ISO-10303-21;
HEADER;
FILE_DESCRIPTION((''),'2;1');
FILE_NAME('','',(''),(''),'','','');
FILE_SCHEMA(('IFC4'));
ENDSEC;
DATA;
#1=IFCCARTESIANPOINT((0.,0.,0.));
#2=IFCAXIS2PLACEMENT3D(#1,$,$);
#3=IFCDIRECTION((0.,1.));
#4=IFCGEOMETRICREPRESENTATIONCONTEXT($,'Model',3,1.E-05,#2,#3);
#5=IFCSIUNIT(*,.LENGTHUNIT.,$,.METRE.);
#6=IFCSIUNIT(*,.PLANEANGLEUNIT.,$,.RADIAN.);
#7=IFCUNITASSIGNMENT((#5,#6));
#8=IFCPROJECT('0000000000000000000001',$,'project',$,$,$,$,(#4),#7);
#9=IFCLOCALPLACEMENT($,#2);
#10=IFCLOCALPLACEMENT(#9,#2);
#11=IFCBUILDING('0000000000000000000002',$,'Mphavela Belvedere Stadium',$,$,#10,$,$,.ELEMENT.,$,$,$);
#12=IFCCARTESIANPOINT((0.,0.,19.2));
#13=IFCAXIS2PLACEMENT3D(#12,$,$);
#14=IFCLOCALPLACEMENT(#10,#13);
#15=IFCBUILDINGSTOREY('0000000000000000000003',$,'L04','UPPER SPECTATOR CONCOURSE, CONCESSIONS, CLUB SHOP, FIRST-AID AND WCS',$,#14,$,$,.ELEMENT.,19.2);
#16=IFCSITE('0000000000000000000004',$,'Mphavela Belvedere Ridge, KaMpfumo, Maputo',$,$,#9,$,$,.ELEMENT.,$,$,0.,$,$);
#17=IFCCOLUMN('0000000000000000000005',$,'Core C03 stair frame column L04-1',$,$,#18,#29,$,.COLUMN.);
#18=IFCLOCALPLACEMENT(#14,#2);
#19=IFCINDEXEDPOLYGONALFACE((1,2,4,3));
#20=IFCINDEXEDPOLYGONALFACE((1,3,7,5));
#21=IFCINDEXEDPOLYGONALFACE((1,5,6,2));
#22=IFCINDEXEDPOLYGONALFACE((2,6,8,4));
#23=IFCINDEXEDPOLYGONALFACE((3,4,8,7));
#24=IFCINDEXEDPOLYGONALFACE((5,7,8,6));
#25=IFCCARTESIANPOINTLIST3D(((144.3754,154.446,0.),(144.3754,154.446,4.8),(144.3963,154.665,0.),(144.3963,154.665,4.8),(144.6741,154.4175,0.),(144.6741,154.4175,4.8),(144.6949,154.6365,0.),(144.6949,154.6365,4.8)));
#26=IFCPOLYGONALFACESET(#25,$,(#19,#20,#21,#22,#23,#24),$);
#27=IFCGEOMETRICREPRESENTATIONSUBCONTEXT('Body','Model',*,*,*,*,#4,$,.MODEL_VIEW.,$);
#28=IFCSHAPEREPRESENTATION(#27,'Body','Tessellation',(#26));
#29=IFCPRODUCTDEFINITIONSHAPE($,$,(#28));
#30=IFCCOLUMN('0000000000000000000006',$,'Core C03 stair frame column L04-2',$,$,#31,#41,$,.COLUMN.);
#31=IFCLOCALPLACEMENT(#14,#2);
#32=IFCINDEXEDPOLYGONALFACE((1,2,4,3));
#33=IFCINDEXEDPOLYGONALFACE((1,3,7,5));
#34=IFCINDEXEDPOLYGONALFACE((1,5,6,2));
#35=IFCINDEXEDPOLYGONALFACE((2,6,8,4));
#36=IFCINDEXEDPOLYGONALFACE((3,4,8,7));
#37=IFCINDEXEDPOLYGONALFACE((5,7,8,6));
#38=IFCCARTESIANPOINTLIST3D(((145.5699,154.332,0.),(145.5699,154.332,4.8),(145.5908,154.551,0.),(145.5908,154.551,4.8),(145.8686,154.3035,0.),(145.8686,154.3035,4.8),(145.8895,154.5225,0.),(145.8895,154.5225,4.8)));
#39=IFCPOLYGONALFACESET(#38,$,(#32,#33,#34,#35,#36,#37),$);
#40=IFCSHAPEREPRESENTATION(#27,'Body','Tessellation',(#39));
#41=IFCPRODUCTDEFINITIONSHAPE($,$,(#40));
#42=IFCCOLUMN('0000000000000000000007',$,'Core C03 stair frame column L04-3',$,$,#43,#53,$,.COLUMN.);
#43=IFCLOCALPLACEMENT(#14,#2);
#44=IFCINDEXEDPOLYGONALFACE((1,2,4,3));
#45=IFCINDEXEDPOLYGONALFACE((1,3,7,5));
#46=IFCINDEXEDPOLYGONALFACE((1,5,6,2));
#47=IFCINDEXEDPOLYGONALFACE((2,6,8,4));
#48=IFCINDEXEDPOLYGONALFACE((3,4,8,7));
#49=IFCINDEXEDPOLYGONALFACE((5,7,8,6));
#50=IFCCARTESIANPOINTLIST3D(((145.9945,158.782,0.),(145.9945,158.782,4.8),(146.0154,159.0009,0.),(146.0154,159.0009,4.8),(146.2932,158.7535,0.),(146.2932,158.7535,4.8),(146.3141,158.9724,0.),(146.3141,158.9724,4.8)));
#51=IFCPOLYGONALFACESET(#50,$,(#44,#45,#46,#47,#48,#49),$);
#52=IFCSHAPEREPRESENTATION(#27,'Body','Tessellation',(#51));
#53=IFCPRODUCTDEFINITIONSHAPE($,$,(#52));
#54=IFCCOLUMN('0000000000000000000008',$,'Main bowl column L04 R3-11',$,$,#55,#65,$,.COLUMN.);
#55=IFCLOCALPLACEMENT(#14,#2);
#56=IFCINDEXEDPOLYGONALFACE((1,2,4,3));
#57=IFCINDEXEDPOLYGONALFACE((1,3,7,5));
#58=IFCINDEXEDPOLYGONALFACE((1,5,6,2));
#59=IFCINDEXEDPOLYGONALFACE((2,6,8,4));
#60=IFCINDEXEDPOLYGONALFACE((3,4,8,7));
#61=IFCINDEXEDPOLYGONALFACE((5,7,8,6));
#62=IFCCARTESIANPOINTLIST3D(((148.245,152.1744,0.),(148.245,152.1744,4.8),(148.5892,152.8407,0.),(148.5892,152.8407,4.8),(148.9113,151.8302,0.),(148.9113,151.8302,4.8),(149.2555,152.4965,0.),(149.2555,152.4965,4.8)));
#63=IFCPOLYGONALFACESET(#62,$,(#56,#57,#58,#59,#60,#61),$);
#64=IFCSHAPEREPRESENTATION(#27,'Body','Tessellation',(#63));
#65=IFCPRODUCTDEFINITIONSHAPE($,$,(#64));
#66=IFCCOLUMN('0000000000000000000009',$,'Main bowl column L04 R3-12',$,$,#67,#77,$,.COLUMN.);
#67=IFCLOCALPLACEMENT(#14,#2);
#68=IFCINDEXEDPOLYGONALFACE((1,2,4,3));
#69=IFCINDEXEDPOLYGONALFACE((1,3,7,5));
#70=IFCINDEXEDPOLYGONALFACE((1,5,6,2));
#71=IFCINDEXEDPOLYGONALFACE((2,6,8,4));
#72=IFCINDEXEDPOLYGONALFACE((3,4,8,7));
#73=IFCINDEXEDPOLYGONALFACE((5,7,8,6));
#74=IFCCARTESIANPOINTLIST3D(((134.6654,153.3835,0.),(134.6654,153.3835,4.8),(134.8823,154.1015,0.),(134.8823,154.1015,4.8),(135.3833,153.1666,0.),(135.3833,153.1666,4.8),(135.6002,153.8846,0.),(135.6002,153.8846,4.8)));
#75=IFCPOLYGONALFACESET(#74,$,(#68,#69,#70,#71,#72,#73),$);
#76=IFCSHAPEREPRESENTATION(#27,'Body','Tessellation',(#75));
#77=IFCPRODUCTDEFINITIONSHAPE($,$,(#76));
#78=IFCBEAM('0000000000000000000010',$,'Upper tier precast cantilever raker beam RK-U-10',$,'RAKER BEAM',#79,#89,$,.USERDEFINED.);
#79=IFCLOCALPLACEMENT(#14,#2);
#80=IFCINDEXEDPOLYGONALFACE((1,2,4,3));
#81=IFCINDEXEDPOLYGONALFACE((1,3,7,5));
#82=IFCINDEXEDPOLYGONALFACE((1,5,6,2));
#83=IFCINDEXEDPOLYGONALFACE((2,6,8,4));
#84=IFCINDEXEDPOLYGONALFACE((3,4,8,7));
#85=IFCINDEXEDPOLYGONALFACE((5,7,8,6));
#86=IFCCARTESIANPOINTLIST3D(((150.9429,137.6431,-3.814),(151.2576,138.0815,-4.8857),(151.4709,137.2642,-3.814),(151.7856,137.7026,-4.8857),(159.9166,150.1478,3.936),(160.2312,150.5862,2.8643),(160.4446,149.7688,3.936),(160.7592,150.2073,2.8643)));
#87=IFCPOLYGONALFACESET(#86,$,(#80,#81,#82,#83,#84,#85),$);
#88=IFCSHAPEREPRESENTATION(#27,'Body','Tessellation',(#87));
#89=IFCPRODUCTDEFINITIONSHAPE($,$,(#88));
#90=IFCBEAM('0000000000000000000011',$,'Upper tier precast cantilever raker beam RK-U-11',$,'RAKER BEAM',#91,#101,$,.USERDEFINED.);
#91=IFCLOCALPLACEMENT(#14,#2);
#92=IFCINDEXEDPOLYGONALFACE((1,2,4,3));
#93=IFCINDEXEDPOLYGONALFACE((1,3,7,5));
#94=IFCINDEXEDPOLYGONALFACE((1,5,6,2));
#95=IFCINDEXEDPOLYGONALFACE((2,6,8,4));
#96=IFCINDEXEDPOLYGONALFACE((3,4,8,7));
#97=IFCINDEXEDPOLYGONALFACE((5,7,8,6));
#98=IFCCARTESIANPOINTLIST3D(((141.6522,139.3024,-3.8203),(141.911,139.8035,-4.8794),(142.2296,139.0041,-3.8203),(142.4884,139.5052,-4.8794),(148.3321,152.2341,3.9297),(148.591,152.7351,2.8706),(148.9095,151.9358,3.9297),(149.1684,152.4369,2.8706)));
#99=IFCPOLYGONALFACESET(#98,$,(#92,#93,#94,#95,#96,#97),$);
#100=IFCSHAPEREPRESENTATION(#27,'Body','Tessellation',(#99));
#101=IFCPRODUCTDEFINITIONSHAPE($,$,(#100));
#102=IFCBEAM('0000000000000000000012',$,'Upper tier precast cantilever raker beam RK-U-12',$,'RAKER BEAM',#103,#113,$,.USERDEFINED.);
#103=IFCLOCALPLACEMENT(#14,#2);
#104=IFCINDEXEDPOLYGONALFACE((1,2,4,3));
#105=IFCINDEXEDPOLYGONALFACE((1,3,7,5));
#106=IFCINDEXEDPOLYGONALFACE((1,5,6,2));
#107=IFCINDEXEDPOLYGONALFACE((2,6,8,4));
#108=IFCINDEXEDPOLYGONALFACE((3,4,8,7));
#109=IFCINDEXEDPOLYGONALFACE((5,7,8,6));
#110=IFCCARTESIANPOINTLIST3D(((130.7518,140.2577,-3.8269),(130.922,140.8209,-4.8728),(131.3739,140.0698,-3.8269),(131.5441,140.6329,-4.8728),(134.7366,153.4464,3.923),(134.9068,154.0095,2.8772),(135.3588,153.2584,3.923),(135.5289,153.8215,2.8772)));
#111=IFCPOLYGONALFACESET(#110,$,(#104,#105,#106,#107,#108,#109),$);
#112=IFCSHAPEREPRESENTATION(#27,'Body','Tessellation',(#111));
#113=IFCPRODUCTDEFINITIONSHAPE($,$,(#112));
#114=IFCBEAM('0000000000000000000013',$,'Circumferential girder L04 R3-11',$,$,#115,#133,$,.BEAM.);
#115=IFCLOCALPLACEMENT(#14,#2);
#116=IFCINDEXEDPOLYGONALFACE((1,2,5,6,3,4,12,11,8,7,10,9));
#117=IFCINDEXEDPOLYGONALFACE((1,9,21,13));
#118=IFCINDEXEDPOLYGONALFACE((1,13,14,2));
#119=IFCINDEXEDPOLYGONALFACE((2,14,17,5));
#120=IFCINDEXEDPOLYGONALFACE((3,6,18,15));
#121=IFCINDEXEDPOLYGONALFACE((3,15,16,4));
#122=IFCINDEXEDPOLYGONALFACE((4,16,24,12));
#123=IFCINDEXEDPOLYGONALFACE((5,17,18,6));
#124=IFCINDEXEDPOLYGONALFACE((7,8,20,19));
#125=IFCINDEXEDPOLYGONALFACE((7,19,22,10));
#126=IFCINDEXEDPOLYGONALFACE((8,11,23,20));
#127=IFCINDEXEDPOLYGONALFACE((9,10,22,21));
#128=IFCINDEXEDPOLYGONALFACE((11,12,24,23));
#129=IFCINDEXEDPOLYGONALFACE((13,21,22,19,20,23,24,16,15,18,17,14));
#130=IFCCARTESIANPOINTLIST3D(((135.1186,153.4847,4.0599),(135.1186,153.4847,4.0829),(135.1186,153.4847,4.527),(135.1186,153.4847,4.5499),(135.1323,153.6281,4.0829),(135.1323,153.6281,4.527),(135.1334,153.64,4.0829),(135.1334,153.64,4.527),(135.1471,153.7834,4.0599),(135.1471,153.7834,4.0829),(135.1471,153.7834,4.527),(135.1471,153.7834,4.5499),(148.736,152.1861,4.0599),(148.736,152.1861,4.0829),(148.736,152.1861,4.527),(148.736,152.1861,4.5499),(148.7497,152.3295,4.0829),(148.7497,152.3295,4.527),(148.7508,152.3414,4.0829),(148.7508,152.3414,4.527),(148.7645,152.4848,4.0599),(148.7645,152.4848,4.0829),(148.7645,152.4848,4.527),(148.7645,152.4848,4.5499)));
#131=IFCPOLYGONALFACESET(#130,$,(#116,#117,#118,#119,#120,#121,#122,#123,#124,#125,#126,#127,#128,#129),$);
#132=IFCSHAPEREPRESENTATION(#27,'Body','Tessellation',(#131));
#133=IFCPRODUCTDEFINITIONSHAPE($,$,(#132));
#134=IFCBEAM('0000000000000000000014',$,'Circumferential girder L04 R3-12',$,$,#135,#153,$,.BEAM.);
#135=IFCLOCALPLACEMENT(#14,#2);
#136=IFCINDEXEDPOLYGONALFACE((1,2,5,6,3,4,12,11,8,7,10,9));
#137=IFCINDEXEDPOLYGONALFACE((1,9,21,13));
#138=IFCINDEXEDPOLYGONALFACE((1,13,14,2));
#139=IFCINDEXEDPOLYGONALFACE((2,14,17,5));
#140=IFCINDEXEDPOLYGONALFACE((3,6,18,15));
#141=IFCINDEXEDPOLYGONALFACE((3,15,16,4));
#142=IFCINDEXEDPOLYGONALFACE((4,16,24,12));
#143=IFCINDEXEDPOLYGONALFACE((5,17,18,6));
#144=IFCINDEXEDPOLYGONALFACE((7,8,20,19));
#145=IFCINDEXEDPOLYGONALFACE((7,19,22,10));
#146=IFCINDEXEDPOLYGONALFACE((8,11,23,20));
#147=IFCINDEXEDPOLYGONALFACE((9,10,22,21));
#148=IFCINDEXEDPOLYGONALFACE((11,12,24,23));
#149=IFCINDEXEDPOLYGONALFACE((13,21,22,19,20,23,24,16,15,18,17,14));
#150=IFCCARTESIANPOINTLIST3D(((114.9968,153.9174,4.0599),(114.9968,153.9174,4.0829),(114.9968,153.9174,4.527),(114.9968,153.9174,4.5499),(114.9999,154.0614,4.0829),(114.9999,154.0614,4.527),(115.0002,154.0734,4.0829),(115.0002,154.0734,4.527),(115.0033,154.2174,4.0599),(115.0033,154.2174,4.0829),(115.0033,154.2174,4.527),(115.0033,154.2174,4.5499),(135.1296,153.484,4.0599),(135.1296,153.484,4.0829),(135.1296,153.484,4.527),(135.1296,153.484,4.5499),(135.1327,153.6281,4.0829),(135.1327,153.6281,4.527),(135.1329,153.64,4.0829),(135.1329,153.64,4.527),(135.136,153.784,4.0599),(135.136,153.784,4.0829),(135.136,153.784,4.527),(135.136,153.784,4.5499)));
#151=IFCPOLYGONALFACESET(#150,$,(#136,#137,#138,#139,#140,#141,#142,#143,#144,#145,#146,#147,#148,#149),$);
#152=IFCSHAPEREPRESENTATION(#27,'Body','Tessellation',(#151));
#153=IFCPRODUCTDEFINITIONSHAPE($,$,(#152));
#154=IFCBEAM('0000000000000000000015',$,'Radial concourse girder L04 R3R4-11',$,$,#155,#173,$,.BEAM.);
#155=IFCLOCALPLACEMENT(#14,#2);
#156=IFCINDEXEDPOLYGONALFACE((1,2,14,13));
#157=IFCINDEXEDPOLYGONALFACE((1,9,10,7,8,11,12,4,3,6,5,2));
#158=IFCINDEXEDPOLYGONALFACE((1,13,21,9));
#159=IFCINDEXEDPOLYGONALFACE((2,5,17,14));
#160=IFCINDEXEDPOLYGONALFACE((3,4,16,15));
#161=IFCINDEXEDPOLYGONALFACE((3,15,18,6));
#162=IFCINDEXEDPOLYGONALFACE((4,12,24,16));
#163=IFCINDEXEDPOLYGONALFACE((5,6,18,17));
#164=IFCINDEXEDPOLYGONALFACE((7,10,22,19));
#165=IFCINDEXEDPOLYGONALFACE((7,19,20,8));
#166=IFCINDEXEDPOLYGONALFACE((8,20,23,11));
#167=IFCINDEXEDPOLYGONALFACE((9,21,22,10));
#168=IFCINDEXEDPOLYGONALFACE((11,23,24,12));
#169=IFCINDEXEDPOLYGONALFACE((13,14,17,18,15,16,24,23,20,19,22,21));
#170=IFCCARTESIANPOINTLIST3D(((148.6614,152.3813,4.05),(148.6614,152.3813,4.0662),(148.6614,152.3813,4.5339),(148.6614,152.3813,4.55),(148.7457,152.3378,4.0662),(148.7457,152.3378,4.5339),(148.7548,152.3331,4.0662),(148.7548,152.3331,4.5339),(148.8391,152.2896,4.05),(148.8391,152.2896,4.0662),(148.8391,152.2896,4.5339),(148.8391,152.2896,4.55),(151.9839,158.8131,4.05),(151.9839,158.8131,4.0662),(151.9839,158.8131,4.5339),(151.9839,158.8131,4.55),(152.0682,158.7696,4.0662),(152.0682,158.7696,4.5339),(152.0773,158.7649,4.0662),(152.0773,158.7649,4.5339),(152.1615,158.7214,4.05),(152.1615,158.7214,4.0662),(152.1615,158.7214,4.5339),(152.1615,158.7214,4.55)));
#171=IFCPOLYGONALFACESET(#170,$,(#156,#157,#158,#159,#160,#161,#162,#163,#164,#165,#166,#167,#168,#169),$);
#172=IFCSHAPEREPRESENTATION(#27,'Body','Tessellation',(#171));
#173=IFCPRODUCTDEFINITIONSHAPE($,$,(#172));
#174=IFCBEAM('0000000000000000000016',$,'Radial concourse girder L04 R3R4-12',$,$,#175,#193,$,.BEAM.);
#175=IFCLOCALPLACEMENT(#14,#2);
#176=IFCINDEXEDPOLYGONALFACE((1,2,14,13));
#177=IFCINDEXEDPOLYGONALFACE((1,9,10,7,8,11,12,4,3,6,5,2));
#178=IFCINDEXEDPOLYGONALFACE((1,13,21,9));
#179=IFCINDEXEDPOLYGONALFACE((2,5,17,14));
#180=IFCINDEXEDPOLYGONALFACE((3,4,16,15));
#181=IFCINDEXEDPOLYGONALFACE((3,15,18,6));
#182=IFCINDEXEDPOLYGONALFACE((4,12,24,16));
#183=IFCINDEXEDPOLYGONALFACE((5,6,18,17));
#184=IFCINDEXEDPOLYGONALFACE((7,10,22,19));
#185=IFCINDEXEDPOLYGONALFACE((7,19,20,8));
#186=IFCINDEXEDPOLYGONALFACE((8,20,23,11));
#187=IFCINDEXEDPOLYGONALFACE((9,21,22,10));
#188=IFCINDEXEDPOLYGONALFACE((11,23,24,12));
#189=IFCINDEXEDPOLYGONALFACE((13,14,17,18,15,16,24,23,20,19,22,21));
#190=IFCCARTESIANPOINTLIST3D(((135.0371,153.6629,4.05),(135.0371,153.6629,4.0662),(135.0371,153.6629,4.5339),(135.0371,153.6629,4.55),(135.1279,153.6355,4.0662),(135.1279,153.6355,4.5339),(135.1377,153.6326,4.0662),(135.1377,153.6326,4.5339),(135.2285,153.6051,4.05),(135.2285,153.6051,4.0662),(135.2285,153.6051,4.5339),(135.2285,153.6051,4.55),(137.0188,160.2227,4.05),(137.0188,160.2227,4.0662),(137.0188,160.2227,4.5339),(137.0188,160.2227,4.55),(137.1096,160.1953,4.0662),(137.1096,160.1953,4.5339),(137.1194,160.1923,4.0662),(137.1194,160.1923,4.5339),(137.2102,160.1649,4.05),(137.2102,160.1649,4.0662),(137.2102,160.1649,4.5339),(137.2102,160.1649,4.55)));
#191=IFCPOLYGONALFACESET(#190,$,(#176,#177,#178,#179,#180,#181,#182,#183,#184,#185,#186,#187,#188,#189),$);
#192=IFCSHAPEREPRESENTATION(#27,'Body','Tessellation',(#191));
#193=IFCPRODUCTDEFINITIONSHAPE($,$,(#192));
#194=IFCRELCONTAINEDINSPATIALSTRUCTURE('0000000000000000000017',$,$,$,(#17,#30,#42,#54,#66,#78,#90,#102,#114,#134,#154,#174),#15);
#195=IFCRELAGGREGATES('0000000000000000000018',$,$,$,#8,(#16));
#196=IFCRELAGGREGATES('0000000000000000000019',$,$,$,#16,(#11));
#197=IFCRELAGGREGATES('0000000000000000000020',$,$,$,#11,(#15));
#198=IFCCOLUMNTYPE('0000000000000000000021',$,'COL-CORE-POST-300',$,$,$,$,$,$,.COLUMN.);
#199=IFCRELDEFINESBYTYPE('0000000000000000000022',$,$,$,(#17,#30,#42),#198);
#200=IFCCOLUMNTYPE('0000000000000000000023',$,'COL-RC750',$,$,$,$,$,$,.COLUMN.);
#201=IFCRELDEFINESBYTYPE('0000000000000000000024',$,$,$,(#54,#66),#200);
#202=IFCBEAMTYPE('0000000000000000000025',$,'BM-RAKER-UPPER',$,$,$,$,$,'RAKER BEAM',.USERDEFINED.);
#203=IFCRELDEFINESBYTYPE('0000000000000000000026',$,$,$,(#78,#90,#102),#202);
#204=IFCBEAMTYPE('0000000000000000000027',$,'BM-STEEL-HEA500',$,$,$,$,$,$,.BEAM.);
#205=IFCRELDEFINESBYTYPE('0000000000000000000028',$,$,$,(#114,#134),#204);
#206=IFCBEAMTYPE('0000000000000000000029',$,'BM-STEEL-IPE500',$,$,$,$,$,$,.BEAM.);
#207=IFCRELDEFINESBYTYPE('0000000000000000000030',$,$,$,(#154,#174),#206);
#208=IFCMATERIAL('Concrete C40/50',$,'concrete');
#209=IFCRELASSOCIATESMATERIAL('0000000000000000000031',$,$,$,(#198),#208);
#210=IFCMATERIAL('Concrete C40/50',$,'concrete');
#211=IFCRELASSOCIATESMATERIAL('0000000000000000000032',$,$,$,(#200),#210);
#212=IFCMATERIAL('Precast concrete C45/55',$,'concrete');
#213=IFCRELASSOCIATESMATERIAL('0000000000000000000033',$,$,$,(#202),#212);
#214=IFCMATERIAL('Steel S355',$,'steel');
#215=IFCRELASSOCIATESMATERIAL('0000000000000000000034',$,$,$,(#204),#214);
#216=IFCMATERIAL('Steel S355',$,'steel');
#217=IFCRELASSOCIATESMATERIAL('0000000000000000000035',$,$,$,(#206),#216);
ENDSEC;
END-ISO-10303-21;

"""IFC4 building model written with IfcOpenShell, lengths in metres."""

from ifc_helpers import new_model, si_unit, direction, frame, origin, origin_2d, place, context, subcontext, project, spatial, rectangle, i_section, extrude, material, material_profile, profile_set, type_object, element, save


model = new_model("IFC4")

# Units and contexts
model_context = context("Model", 3, precision=1e-05, world=origin(), true_north=direction((0.0, 1.0)))
body_context = subcontext(model_context, "Body", "Model", "MODEL_VIEW")
ifc_project = project(units=[si_unit("LENGTHUNIT", "METRE"), si_unit("PLANEANGLEUNIT", "RADIAN")], contexts=[model_context])

# Site, building, storey
site_placement = place(None, origin())
site = spatial("IfcSite", under=ifc_project, at=site_placement, Name="Mphavela Belvedere Ridge, KaMpfumo, Maputo", CompositionType="ELEMENT", RefElevation=0.0)
building_placement = place(site_placement, origin())
building = spatial("IfcBuilding", under=site, at=building_placement, Name="Mphavela Belvedere Stadium", CompositionType="ELEMENT")
storey_placement = place(building_placement, frame((0.0, 0.0, 19.2)))
storey = spatial("IfcBuildingStorey", under=building, at=storey_placement, Name="L04", Description="UPPER SPECTATOR CONCOURSE, CONCESSIONS, CLUB SHOP, FIRST-AID AND WCS", CompositionType="ELEMENT", Elevation=19.2)

# Columns
ifc_material_1 = material(Name="Concrete C40/50", Category="concrete")
ifc_material_profile_1 = material_profile(ifc_material_1, rectangle(XDim=0.3, YDim=0.22, at=origin_2d()), Name="RC 300x220")
ifc_profile_set_1 = profile_set([ifc_material_profile_1], Name="Concrete C40/50")
column_type_1 = type_object("IfcColumnType", Name="COL-CORE-POST-300", PredefinedType="COLUMN", material=ifc_profile_set_1)
for number, where, z_axis, x_axis, name in (
    (1, (144.5352, 154.5413, 0.0), (0.0, 0.0, 1.0), (0.995479, -0.094977, 0.0), "Core C03 stair frame column L04-1"),
    (2, (145.7297, 154.4272, 0.0), (0.0, 0.0, 1.0), (0.995479, -0.094977, 0.0), "Core C03 stair frame column L04-2"),
    (3, (146.1543, 158.8772, 0.0), (0.0, 0.0, 1.0), (0.995479, -0.094977, 0.0), "Core C03 stair frame column L04-3"),
):
    element("IfcColumn", number, at=place(storey_placement, frame(where, z_axis=z_axis, x_axis=x_axis)), inside=storey, type_object=column_type_1, Name=name, PredefinedType="COLUMN", context=body_context, shape_type="SweptSolid", body=[
        extrude(rectangle(XDim=0.3, YDim=0.22, at=origin_2d()), origin(), (0.0, 0.0, 1.0), 4.8),
    ])
ifc_material_2 = material(Name="Concrete C40/50", Category="concrete")
ifc_material_profile_2 = material_profile(ifc_material_2, rectangle(XDim=0.75, YDim=0.75, at=origin_2d()), Name="RC 750x750")
ifc_profile_set_2 = profile_set([ifc_material_profile_2], Name="Concrete C40/50")
column_type_2 = type_object("IfcColumnType", Name="COL-RC750", PredefinedType="COLUMN", material=ifc_profile_set_2)
for number, where, z_axis, x_axis, name in (
    (4, (148.7502, 152.3354, 0.0), (0.0, 0.0, 1.0), (0.45896, 0.888457, 0.0), "Main bowl column L04 R3-11"),
    (5, (135.1328, 153.634, 0.0), (0.0, 0.0, 1.0), (0.289199, 0.957269, 0.0), "Main bowl column L04 R3-12"),
):
    element("IfcColumn", number, at=place(storey_placement, frame(where, z_axis=z_axis, x_axis=x_axis)), inside=storey, type_object=column_type_2, Name=name, PredefinedType="COLUMN", context=body_context, shape_type="SweptSolid", body=[
        extrude(rectangle(XDim=0.75, YDim=0.75, at=origin_2d()), origin(), (0.0, 0.0, 1.0), 4.8),
    ])

# Beams
ifc_material_3 = material(Name="Precast concrete C45/55", Category="concrete")
ifc_material_profile_3 = material_profile(ifc_material_3, rectangle(XDim=0.6499, YDim=1.2, at=origin_2d()), Name="PC 650x1200")
ifc_profile_set_3 = profile_set([ifc_material_profile_3], Name="Precast concrete C45/55")
beam_type_1 = type_object("IfcBeamType", Name="BM-RAKER-UPPER", ElementType="RAKER BEAM", PredefinedType="USERDEFINED", material=ifc_profile_set_3)
beam_1_placement = place(storey_placement, frame((151.3643, 137.6729, -4.3499), z_axis=(0.520743, 0.725648, 0.449735), x_axis=(-0.812449, 0.583033, 0.0)))
element("IfcBeam", 6, at=beam_1_placement, inside=storey, type_object=beam_type_1, Name="Upper tier precast cantilever raker beam RK-U-10", ObjectType="RAKER BEAM", PredefinedType="USERDEFINED", context=body_context, shape_type="SweptSolid", body=[
    extrude(rectangle(XDim=0.6499, YDim=1.2, at=origin_2d()), origin(), (0.0, 0.0, 1.0), 17.2324),
])
beam_2_placement = place(storey_placement, frame((142.0703, 139.4038, -4.3499), z_axis=(0.405096, 0.784224, 0.469989), x_axis=(-0.888466, 0.458943, 0.0)))
element("IfcBeam", 7, at=beam_2_placement, inside=storey, type_object=beam_type_1, Name="Upper tier precast cantilever raker beam RK-U-11", ObjectType="RAKER BEAM", PredefinedType="USERDEFINED", context=body_context, shape_type="SweptSolid", body=[
    extrude(rectangle(XDim=0.6499, YDim=1.2, at=origin_2d()), origin(), (0.0, 0.0, 1.0), 16.4897),
])
beam_3_placement = place(storey_placement, frame((131.1479, 140.4453, -4.3499), z_axis=(0.252083, 0.834322, 0.490267), x_axis=(-0.95726, 0.289228, 0.0)))
element("IfcBeam", 8, at=beam_3_placement, inside=storey, type_object=beam_type_1, Name="Upper tier precast cantilever raker beam RK-U-12", ObjectType="RAKER BEAM", PredefinedType="USERDEFINED", context=body_context, shape_type="SweptSolid", body=[
    extrude(rectangle(XDim=0.6499, YDim=1.2, at=origin_2d()), origin(), (0.0, 0.0, 1.0), 15.8076),
])
ifc_material_4 = material(Name="Steel S355", Category="steel")
ifc_material_profile_4 = material_profile(ifc_material_4, i_section(OverallWidth=0.3, OverallDepth=0.49, WebThickness=0.012, FlangeThickness=0.0229, at=origin_2d()), Name="HEA 500")
ifc_profile_set_4 = profile_set([ifc_material_profile_4], Name="Steel S355")
beam_type_2 = type_object("IfcBeamType", Name="BM-STEEL-HEA500", PredefinedType="BEAM", material=ifc_profile_set_4)
beam_4_placement = place(storey_placement, frame((148.7502, 152.3354, 4.3049), z_axis=(-0.995484, 0.094931, 0.0), x_axis=(-0.094931, -0.995484, 0.0)))
element("IfcBeam", 9, at=beam_4_placement, inside=storey, type_object=beam_type_2, Name="Circumferential girder L04 R3-11", PredefinedType="BEAM", context=body_context, shape_type="SweptSolid", body=[
    extrude(i_section(OverallWidth=0.3, OverallDepth=0.49, WebThickness=0.012, FlangeThickness=0.0229, at=origin_2d()), origin(), (0.0, 0.0, 1.0), 13.6792),
])
beam_5_placement = place(storey_placement, frame((135.1328, 153.634, 4.3049), z_axis=(-0.999768, 0.02152, 0.0), x_axis=(-0.02152, -0.999768, 0.0)))
element("IfcBeam", 10, at=beam_5_placement, inside=storey, type_object=beam_type_2, Name="Circumferential girder L04 R3-12", PredefinedType="BEAM", context=body_context, shape_type="SweptSolid", body=[
    extrude(i_section(OverallWidth=0.3, OverallDepth=0.49, WebThickness=0.012, FlangeThickness=0.0229, at=origin_2d()), origin(), (0.0, 0.0, 1.0), 20.1375),
])
ifc_material_5 = material(Name="Steel S355", Category="steel")
ifc_material_profile_5 = material_profile(ifc_material_5, i_section(OverallWidth=0.2, OverallDepth=0.5, WebThickness=0.0103, FlangeThickness=0.0161, at=origin_2d()), Name="IPE 500")
ifc_profile_set_5 = profile_set([ifc_material_profile_5], Name="Steel S355")
beam_type_3 = type_object("IfcBeamType", Name="BM-STEEL-IPE500", PredefinedType="BEAM", material=ifc_profile_set_5)
beam_6_placement = place(storey_placement, frame((148.7502, 152.3354, 4.3), z_axis=(0.458951, 0.888461, 0.0), x_axis=(-0.888461, 0.458951, 0.0)))
element("IfcBeam", 11, at=beam_6_placement, inside=storey, type_object=beam_type_3, Name="Radial concourse girder L04 R3R4-11", PredefinedType="BEAM", context=body_context, shape_type="SweptSolid", body=[
    extrude(i_section(OverallWidth=0.2, OverallDepth=0.5, WebThickness=0.0103, FlangeThickness=0.0161, at=origin_2d()), origin(), (0.0, 0.0, 1.0), 7.2393),
])
beam_7_placement = place(storey_placement, frame((135.1328, 153.634, 4.3), z_axis=(0.289188, 0.957272, 0.0), x_axis=(-0.957272, 0.289188, 0.0)))
element("IfcBeam", 12, at=beam_7_placement, inside=storey, type_object=beam_type_3, Name="Radial concourse girder L04 R3R4-12", PredefinedType="BEAM", context=body_context, shape_type="SweptSolid", body=[
    extrude(i_section(OverallWidth=0.2, OverallDepth=0.5, WebThickness=0.0103, FlangeThickness=0.0161, at=origin_2d()), origin(), (0.0, 0.0, 1.0), 6.8525),
])

save(model, "model.ifc")
